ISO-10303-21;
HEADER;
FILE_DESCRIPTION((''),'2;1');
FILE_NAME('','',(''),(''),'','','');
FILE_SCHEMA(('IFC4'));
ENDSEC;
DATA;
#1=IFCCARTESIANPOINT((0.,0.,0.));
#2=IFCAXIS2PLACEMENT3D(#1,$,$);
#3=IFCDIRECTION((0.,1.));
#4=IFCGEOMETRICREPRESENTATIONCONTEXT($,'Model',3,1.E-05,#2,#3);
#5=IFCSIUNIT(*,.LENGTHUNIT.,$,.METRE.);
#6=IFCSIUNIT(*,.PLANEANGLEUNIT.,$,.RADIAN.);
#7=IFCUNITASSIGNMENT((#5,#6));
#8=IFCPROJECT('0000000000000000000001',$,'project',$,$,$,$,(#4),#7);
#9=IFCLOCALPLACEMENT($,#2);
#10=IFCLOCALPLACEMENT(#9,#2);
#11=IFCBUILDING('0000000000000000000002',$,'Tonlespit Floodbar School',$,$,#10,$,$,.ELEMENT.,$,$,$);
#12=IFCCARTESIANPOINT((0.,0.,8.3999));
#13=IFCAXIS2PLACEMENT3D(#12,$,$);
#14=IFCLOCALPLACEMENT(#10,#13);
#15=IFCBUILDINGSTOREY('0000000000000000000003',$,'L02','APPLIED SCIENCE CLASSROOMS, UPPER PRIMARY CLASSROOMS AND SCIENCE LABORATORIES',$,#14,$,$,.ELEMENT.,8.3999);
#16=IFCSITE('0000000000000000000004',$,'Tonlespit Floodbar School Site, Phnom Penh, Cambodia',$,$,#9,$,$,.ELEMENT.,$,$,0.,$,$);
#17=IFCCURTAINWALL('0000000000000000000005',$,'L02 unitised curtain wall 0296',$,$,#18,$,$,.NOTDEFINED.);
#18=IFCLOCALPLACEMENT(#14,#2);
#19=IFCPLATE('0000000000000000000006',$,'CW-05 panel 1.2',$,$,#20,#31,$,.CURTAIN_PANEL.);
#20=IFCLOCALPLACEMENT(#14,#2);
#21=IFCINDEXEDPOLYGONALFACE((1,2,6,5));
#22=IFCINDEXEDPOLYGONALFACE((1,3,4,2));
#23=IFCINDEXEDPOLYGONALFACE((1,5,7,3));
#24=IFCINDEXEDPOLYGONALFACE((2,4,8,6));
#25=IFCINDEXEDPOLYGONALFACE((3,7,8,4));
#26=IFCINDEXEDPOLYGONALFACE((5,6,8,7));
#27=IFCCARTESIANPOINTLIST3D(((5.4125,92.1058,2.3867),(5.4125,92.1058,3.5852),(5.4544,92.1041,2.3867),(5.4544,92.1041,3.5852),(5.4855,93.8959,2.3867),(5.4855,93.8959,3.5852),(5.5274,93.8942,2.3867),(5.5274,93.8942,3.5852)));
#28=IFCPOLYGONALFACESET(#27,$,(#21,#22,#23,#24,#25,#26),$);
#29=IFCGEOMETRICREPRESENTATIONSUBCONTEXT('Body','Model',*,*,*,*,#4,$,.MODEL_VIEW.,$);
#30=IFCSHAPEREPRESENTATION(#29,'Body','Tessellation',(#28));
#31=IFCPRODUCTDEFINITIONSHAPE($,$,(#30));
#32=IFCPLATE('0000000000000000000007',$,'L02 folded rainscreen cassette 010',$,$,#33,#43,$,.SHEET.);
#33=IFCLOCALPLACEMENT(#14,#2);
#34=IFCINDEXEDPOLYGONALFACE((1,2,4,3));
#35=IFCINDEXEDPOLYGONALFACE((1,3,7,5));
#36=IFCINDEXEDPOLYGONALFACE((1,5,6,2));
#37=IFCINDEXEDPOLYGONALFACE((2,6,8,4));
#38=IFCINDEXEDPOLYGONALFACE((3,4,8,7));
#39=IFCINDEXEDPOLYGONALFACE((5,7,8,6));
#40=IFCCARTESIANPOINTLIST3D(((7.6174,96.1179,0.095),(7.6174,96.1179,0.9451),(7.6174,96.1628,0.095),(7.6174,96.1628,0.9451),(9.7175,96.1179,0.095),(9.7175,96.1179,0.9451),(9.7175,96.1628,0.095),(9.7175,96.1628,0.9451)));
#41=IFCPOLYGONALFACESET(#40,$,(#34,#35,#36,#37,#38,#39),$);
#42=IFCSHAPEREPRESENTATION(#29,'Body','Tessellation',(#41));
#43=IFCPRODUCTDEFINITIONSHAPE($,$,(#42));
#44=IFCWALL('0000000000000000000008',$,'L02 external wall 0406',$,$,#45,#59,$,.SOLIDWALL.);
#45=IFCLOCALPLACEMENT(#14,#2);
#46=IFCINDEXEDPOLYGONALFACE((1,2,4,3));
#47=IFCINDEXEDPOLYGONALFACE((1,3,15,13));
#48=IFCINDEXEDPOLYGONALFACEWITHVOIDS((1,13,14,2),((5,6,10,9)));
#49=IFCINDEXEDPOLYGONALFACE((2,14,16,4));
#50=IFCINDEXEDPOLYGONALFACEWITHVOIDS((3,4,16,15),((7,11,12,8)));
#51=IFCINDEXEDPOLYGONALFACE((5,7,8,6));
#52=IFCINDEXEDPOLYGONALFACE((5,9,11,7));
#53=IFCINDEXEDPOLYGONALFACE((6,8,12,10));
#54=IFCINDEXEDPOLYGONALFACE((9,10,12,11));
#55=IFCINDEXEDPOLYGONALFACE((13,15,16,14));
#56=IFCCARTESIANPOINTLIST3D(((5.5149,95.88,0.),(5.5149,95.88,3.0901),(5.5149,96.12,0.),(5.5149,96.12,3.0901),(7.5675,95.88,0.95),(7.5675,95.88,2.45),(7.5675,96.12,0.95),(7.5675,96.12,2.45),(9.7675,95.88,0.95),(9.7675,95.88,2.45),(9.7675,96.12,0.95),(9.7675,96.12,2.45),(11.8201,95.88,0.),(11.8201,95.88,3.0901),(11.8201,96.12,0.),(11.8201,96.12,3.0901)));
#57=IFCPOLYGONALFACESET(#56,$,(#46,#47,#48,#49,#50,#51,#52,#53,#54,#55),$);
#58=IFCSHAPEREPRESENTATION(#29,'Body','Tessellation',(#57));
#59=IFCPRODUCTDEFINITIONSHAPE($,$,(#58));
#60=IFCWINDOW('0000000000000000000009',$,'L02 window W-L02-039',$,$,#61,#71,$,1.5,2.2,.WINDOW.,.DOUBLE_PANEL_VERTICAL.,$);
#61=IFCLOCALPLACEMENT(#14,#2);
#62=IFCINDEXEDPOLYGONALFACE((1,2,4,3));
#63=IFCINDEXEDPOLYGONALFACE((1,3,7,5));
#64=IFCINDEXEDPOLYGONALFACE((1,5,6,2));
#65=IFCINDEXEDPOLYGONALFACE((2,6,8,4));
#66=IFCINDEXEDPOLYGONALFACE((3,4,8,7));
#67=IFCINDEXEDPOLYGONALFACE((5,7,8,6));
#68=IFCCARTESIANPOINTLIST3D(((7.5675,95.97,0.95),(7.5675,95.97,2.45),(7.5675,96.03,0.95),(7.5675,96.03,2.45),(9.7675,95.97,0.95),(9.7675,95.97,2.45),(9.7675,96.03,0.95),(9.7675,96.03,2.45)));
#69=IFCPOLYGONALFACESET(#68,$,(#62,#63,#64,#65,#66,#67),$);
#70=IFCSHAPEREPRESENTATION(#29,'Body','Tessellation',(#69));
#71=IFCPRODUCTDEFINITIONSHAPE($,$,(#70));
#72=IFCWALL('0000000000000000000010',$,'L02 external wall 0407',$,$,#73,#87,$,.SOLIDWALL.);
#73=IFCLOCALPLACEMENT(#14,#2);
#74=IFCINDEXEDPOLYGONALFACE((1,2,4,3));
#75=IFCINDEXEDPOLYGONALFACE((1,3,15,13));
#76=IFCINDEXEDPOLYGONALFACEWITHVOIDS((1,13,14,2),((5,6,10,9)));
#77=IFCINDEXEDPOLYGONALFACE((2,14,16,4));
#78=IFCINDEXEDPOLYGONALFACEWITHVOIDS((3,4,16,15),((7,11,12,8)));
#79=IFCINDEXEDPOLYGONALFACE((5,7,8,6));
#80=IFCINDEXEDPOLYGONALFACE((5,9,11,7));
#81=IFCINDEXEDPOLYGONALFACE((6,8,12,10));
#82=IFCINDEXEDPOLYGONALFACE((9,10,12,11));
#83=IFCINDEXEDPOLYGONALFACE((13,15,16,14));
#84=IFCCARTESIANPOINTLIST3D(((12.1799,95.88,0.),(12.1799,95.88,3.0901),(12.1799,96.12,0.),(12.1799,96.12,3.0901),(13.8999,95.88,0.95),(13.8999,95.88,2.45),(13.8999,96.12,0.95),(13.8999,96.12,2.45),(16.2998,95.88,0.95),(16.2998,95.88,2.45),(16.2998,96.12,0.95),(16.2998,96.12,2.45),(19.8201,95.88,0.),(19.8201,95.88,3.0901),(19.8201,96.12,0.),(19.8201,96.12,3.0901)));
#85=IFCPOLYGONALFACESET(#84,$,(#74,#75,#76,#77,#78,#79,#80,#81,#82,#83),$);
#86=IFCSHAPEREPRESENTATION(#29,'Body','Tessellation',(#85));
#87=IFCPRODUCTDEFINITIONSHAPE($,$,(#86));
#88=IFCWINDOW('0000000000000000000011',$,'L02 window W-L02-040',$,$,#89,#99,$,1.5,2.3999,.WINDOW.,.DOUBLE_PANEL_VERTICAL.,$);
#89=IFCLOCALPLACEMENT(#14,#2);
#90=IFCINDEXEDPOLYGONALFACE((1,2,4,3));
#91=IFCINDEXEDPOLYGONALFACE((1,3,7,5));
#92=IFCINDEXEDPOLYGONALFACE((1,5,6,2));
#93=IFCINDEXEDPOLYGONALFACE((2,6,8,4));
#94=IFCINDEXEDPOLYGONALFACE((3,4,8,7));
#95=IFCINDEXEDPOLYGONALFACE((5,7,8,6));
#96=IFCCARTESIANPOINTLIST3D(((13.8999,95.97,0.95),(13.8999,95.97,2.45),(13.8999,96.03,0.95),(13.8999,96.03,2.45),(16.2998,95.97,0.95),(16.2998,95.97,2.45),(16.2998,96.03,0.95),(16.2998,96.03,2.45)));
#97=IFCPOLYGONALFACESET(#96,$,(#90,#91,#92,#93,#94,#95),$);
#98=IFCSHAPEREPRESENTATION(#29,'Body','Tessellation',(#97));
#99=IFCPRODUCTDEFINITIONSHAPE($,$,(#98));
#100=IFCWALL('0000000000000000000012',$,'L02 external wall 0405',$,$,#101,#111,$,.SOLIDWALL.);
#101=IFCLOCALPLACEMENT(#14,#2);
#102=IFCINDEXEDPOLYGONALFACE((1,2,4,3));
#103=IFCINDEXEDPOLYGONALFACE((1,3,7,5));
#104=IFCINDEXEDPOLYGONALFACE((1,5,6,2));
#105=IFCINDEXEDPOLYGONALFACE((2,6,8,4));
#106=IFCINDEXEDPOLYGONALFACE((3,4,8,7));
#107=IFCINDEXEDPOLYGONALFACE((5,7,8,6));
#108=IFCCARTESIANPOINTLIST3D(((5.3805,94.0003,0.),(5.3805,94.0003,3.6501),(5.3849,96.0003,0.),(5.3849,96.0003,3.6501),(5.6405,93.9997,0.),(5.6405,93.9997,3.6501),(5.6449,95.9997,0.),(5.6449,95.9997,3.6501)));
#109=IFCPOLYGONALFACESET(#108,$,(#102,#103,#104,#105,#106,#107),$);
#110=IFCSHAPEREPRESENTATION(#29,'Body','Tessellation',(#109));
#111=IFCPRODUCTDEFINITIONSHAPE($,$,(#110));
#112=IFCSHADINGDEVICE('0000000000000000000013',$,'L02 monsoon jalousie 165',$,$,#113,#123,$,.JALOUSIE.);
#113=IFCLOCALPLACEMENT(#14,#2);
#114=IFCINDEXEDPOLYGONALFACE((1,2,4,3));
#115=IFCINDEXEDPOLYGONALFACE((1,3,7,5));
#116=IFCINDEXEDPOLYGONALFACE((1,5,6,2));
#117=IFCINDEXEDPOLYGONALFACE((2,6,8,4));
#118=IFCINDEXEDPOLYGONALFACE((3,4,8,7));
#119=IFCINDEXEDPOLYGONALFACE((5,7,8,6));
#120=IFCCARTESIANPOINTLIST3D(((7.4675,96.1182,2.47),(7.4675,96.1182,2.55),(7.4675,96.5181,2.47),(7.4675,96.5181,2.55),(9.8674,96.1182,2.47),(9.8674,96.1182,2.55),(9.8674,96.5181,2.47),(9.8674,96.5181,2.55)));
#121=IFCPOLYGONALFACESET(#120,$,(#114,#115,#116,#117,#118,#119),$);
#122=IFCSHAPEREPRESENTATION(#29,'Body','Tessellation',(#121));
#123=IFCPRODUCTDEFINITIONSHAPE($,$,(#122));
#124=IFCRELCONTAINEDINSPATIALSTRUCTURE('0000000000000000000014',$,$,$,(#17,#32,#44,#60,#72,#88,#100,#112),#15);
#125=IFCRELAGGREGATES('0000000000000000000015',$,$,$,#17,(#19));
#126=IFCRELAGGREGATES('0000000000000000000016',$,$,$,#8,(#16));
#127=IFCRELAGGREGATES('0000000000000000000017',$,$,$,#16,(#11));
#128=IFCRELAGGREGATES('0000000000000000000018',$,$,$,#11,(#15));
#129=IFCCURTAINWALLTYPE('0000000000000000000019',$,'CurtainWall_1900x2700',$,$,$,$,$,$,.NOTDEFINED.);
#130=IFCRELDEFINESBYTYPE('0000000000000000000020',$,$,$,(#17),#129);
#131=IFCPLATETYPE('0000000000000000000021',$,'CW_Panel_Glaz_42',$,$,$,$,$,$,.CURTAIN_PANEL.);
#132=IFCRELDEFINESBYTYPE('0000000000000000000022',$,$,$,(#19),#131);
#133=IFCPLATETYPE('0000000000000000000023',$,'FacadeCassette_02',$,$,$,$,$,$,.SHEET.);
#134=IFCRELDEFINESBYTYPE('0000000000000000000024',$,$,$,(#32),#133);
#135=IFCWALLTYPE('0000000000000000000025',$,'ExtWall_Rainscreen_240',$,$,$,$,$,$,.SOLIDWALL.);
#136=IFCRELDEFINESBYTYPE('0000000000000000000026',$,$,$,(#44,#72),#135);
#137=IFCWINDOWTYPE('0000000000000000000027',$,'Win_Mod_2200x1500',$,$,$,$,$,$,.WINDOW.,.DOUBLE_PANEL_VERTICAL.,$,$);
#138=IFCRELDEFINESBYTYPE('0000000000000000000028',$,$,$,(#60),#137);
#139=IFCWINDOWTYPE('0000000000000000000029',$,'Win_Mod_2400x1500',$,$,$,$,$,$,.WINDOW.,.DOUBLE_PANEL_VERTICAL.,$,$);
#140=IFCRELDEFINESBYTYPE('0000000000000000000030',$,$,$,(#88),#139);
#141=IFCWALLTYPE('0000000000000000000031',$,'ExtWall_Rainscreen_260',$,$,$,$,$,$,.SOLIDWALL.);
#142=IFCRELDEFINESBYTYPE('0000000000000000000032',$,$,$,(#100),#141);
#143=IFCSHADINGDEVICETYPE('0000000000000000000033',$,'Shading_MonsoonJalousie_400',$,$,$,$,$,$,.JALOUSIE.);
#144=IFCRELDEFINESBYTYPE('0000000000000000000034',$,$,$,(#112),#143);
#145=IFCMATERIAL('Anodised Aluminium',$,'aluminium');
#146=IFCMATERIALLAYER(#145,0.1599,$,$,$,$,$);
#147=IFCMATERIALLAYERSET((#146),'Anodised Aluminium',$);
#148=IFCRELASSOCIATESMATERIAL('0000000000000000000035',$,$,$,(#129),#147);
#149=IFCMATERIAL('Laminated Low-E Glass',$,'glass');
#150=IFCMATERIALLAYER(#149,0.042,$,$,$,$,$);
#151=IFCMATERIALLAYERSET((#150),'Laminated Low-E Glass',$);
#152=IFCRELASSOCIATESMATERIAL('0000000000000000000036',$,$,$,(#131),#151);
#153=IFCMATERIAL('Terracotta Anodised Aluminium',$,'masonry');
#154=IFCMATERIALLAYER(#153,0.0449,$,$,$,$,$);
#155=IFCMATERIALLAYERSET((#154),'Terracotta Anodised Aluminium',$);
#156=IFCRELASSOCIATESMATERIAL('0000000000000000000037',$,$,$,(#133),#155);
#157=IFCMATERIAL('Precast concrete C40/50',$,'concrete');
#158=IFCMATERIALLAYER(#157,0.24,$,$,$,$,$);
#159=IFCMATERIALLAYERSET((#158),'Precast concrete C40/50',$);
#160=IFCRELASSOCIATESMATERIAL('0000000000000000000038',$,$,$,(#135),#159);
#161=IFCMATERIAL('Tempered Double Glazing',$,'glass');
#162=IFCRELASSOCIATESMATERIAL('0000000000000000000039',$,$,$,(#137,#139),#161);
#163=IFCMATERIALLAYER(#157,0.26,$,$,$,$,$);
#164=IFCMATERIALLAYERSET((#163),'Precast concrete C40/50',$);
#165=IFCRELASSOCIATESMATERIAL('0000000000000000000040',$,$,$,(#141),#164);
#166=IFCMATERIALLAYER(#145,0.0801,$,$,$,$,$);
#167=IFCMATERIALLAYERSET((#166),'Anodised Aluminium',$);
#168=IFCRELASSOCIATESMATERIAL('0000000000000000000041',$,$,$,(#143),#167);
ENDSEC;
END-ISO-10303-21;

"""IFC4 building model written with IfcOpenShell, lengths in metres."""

from ifc_helpers import new_model, si_unit, direction, frame, frame_2d, origin, origin_2d, place, context, subcontext, project, spatial, rectangle, extrude, material, layer, layer_set, type_object, element, fill, aggregate, save


model = new_model("IFC4")

# Units and contexts
model_context = context("Model", 3, precision=1e-05, world=origin(), true_north=direction((0.0, 1.0)))
body_context = subcontext(model_context, "Body", "Model", "MODEL_VIEW")
ifc_project = project(units=[si_unit("LENGTHUNIT", "METRE"), si_unit("PLANEANGLEUNIT", "RADIAN")], contexts=[model_context])

# Site, building, storey
site_placement = place(None, origin())
site = spatial("IfcSite", under=ifc_project, at=site_placement, Name="Tonlespit Floodbar School Site, Phnom Penh, Cambodia", CompositionType="ELEMENT", RefElevation=0.0)
building_placement = place(site_placement, origin())
building = spatial("IfcBuilding", under=site, at=building_placement, Name="Tonlespit Floodbar School", CompositionType="ELEMENT")
storey_placement = place(building_placement, frame((0.0, 0.0, 8.3999)))
storey = spatial("IfcBuildingStorey", under=building, at=storey_placement, Name="L02", Description="APPLIED SCIENCE CLASSROOMS, UPPER PRIMARY CLASSROOMS AND SCIENCE LABORATORIES", CompositionType="ELEMENT", Elevation=8.3999)

# Curtain wall
ifc_material_1 = material(Name="Anodised Aluminium", Category="aluminium")
ifc_layer_1 = layer(ifc_material_1, 0.1599)
ifc_layer_set_1 = layer_set([ifc_layer_1], Name="Anodised Aluminium")
curtain_wall_type = type_object("IfcCurtainWallType", Name="CurtainWall_1900x2700", PredefinedType="NOTDEFINED", material=ifc_layer_set_1)
curtain_wall_placement = place(storey_placement, origin())
curtain_wall = element("IfcCurtainWall", 1, at=curtain_wall_placement, inside=storey, type_object=curtain_wall_type, Name="L02 unitised curtain wall 0296", PredefinedType="NOTDEFINED")

# Plates
ifc_material_2 = material(Name="Laminated Low-E Glass", Category="glass")
ifc_layer_2 = layer(ifc_material_2, 0.042)
ifc_layer_set_2 = layer_set([ifc_layer_2], Name="Laminated Low-E Glass")
plate_type_1 = type_object("IfcPlateType", Name="CW_Panel_Glaz_42", PredefinedType="CURTAIN_PANEL", material=ifc_layer_set_2)
plate_1_placement = place(storey_placement, frame((5.47, 93.0, 2.3867), z_axis=(0.0, 0.0, 1.0), x_axis=(0.040747, 0.999169, 0.0)))
plate_1 = element("IfcPlate", 2, at=plate_1_placement, type_object=plate_type_1, Name="CW-05 panel 1.2", PredefinedType="CURTAIN_PANEL", context=body_context, shape_type="SweptSolid", body=[
    extrude(rectangle(XDim=1.7915, YDim=0.042, at=origin_2d()), origin(), (0.0, 0.0, 1.0), 1.1985),
])
aggregate(curtain_wall, [plate_1])
ifc_material_3 = material(Name="Terracotta Anodised Aluminium", Category="masonry")
ifc_layer_3 = layer(ifc_material_3, 0.0449)
ifc_layer_set_3 = layer_set([ifc_layer_3], Name="Terracotta Anodised Aluminium")
plate_type_2 = type_object("IfcPlateType", Name="FacadeCassette_02", PredefinedType="SHEET", material=ifc_layer_set_3)
plate_2_placement = place(storey_placement, frame((8.6675, 96.1404, 0.095), z_axis=(0.0, 0.0, 1.0), x_axis=(1.0, 0.0, 0.0)))
element("IfcPlate", 3, at=plate_2_placement, inside=storey, type_object=plate_type_2, Name="L02 folded rainscreen cassette 010", PredefinedType="SHEET", context=body_context, shape_type="SweptSolid", body=[
    extrude(rectangle(XDim=2.1001, YDim=0.0449, at=origin_2d()), origin(), (0.0, 0.0, 1.0), 0.8501),
])

# Walls, openings, windows
ifc_material_4 = material(Name="Precast concrete C40/50", Category="concrete")
ifc_layer_4 = layer(ifc_material_4, 0.24)
ifc_layer_set_4 = layer_set([ifc_layer_4], Name="Precast concrete C40/50")
wall_type_1 = type_object("IfcWallType", Name="ExtWall_Rainscreen_240", PredefinedType="SOLIDWALL", material=ifc_layer_set_4)
wall_1_placement = place(storey_placement, frame((5.5149, 96.0, 0.0), z_axis=(0.0, 0.0, 1.0), x_axis=(1.0, 0.0, 0.0)))
wall_1 = element("IfcWall", 4, at=wall_1_placement, inside=storey, type_object=wall_type_1, Name="L02 external wall 0406", PredefinedType="SOLIDWALL", context=body_context, shape_type="SweptSolid", body=[
    extrude(rectangle(XDim=6.3052, YDim=0.24, at=frame_2d((3.1526, 0.0))), origin(), (0.0, 0.0, 1.0), 3.0901),
])
opening_1_placement = place(wall_1_placement, frame((2.0525, 0.0, 0.95)))
opening_1 = element("IfcOpeningElement", 5, at=opening_1_placement, cuts=wall_1, PredefinedType="OPENING", context=body_context, shape_type="SweptSolid", body=[
    extrude(rectangle(XDim=2.2, YDim=1.5, at=frame_2d((1.1001, 0.75))), frame((0.0, 0.1299, 0.0), z_axis=(0.0, -1.0, 0.0), x_axis=(1.0, 0.0, 0.0)), (0.0, 0.0, 1.0), 0.26),
])
ifc_material_5 = material(Name="Tempered Double Glazing", Category="glass")
window_type_1 = type_object("IfcWindowType", Name="Win_Mod_2200x1500", PartitioningType="DOUBLE_PANEL_VERTICAL", PredefinedType="WINDOW", material=ifc_material_5)
window_1_placement = place(opening_1_placement, origin())
window_1 = element("IfcWindow", 6, at=window_1_placement, inside=storey, type_object=window_type_1, Name="L02 window W-L02-039", OverallHeight=1.5, OverallWidth=2.2, PartitioningType="DOUBLE_PANEL_VERTICAL", PredefinedType="WINDOW", context=body_context, shape_type="SweptSolid", body=[
    extrude(rectangle(XDim=2.2, YDim=1.5, at=frame_2d((1.1001, 0.75))), frame((0.0, 0.03, 0.0), z_axis=(0.0, -1.0, 0.0), x_axis=(1.0, 0.0, 0.0)), (0.0, 0.0, 1.0), 0.0601),
])
fill(opening_1, window_1)
wall_2_placement = place(storey_placement, frame((12.1799, 96.0, 0.0), z_axis=(0.0, 0.0, 1.0), x_axis=(1.0, 0.0, 0.0)))
wall_2 = element("IfcWall", 7, at=wall_2_placement, inside=storey, type_object=wall_type_1, Name="L02 external wall 0407", PredefinedType="SOLIDWALL", context=body_context, shape_type="SweptSolid", body=[
    extrude(rectangle(XDim=7.6401, YDim=0.24, at=frame_2d((3.8201, 0.0))), origin(), (0.0, 0.0, 1.0), 3.0901),
])
opening_2_placement = place(wall_2_placement, frame((1.72, 0.0, 0.95)))
opening_2 = element("IfcOpeningElement", 8, at=opening_2_placement, cuts=wall_2, PredefinedType="OPENING", context=body_context, shape_type="SweptSolid", body=[
    extrude(rectangle(XDim=2.3999, YDim=1.5, at=frame_2d((1.2, 0.75))), frame((0.0, 0.1299, 0.0), z_axis=(0.0, -1.0, 0.0), x_axis=(1.0, 0.0, 0.0)), (0.0, 0.0, 1.0), 0.26),
])
window_type_2 = type_object("IfcWindowType", Name="Win_Mod_2400x1500", PartitioningType="DOUBLE_PANEL_VERTICAL", PredefinedType="WINDOW", material=ifc_material_5)
window_2_placement = place(opening_2_placement, origin())
window_2 = element("IfcWindow", 9, at=window_2_placement, inside=storey, type_object=window_type_2, Name="L02 window W-L02-040", OverallHeight=1.5, OverallWidth=2.3999, PartitioningType="DOUBLE_PANEL_VERTICAL", PredefinedType="WINDOW", context=body_context, shape_type="SweptSolid", body=[
    extrude(rectangle(XDim=2.3999, YDim=1.5, at=frame_2d((1.2, 0.75))), frame((0.0, 0.03, 0.0), z_axis=(0.0, -1.0, 0.0), x_axis=(1.0, 0.0, 0.0)), (0.0, 0.0, 1.0), 0.0601),
])
fill(opening_2, window_2)

# Wall
ifc_layer_5 = layer(ifc_material_4, 0.26)
ifc_layer_set_5 = layer_set([ifc_layer_5], Name="Precast concrete C40/50")
wall_type_2 = type_object("IfcWallType", Name="ExtWall_Rainscreen_260", PredefinedType="SOLIDWALL", material=ifc_layer_set_5)
wall_3_placement = place(storey_placement, frame((5.5105, 94.0, 0.0), z_axis=(0.0, 0.0, 1.0), x_axis=(0.002197, 0.999998, 0.0)))
element("IfcWall", 10, at=wall_3_placement, inside=storey, type_object=wall_type_2, Name="L02 external wall 0405", PredefinedType="SOLIDWALL", context=body_context, shape_type="SweptSolid", body=[
    extrude(rectangle(XDim=2.0, YDim=0.26, at=frame_2d((1.0, 0.0))), origin(), (0.0, 0.0, 1.0), 3.6501),
])

# Shading device
ifc_layer_6 = layer(ifc_material_1, 0.0801)
ifc_layer_set_6 = layer_set([ifc_layer_6], Name="Anodised Aluminium")
shading_device_type = type_object("IfcShadingDeviceType", Name="Shading_MonsoonJalousie_400", PredefinedType="JALOUSIE", material=ifc_layer_set_6)
shading_device_placement = place(storey_placement, frame((8.6675, 96.3181, 2.47), z_axis=(0.0, 0.0, 1.0), x_axis=(1.0, 0.0, 0.0)))
element("IfcShadingDevice", 11, at=shading_device_placement, inside=storey, type_object=shading_device_type, Name="L02 monsoon jalousie 165", PredefinedType="JALOUSIE", context=body_context, shape_type="SweptSolid", body=[
    extrude(rectangle(XDim=2.3999, YDim=0.3999, at=origin_2d()), origin(), (0.0, 0.0, 1.0), 0.0801),
])

save(model, "model.ifc")
